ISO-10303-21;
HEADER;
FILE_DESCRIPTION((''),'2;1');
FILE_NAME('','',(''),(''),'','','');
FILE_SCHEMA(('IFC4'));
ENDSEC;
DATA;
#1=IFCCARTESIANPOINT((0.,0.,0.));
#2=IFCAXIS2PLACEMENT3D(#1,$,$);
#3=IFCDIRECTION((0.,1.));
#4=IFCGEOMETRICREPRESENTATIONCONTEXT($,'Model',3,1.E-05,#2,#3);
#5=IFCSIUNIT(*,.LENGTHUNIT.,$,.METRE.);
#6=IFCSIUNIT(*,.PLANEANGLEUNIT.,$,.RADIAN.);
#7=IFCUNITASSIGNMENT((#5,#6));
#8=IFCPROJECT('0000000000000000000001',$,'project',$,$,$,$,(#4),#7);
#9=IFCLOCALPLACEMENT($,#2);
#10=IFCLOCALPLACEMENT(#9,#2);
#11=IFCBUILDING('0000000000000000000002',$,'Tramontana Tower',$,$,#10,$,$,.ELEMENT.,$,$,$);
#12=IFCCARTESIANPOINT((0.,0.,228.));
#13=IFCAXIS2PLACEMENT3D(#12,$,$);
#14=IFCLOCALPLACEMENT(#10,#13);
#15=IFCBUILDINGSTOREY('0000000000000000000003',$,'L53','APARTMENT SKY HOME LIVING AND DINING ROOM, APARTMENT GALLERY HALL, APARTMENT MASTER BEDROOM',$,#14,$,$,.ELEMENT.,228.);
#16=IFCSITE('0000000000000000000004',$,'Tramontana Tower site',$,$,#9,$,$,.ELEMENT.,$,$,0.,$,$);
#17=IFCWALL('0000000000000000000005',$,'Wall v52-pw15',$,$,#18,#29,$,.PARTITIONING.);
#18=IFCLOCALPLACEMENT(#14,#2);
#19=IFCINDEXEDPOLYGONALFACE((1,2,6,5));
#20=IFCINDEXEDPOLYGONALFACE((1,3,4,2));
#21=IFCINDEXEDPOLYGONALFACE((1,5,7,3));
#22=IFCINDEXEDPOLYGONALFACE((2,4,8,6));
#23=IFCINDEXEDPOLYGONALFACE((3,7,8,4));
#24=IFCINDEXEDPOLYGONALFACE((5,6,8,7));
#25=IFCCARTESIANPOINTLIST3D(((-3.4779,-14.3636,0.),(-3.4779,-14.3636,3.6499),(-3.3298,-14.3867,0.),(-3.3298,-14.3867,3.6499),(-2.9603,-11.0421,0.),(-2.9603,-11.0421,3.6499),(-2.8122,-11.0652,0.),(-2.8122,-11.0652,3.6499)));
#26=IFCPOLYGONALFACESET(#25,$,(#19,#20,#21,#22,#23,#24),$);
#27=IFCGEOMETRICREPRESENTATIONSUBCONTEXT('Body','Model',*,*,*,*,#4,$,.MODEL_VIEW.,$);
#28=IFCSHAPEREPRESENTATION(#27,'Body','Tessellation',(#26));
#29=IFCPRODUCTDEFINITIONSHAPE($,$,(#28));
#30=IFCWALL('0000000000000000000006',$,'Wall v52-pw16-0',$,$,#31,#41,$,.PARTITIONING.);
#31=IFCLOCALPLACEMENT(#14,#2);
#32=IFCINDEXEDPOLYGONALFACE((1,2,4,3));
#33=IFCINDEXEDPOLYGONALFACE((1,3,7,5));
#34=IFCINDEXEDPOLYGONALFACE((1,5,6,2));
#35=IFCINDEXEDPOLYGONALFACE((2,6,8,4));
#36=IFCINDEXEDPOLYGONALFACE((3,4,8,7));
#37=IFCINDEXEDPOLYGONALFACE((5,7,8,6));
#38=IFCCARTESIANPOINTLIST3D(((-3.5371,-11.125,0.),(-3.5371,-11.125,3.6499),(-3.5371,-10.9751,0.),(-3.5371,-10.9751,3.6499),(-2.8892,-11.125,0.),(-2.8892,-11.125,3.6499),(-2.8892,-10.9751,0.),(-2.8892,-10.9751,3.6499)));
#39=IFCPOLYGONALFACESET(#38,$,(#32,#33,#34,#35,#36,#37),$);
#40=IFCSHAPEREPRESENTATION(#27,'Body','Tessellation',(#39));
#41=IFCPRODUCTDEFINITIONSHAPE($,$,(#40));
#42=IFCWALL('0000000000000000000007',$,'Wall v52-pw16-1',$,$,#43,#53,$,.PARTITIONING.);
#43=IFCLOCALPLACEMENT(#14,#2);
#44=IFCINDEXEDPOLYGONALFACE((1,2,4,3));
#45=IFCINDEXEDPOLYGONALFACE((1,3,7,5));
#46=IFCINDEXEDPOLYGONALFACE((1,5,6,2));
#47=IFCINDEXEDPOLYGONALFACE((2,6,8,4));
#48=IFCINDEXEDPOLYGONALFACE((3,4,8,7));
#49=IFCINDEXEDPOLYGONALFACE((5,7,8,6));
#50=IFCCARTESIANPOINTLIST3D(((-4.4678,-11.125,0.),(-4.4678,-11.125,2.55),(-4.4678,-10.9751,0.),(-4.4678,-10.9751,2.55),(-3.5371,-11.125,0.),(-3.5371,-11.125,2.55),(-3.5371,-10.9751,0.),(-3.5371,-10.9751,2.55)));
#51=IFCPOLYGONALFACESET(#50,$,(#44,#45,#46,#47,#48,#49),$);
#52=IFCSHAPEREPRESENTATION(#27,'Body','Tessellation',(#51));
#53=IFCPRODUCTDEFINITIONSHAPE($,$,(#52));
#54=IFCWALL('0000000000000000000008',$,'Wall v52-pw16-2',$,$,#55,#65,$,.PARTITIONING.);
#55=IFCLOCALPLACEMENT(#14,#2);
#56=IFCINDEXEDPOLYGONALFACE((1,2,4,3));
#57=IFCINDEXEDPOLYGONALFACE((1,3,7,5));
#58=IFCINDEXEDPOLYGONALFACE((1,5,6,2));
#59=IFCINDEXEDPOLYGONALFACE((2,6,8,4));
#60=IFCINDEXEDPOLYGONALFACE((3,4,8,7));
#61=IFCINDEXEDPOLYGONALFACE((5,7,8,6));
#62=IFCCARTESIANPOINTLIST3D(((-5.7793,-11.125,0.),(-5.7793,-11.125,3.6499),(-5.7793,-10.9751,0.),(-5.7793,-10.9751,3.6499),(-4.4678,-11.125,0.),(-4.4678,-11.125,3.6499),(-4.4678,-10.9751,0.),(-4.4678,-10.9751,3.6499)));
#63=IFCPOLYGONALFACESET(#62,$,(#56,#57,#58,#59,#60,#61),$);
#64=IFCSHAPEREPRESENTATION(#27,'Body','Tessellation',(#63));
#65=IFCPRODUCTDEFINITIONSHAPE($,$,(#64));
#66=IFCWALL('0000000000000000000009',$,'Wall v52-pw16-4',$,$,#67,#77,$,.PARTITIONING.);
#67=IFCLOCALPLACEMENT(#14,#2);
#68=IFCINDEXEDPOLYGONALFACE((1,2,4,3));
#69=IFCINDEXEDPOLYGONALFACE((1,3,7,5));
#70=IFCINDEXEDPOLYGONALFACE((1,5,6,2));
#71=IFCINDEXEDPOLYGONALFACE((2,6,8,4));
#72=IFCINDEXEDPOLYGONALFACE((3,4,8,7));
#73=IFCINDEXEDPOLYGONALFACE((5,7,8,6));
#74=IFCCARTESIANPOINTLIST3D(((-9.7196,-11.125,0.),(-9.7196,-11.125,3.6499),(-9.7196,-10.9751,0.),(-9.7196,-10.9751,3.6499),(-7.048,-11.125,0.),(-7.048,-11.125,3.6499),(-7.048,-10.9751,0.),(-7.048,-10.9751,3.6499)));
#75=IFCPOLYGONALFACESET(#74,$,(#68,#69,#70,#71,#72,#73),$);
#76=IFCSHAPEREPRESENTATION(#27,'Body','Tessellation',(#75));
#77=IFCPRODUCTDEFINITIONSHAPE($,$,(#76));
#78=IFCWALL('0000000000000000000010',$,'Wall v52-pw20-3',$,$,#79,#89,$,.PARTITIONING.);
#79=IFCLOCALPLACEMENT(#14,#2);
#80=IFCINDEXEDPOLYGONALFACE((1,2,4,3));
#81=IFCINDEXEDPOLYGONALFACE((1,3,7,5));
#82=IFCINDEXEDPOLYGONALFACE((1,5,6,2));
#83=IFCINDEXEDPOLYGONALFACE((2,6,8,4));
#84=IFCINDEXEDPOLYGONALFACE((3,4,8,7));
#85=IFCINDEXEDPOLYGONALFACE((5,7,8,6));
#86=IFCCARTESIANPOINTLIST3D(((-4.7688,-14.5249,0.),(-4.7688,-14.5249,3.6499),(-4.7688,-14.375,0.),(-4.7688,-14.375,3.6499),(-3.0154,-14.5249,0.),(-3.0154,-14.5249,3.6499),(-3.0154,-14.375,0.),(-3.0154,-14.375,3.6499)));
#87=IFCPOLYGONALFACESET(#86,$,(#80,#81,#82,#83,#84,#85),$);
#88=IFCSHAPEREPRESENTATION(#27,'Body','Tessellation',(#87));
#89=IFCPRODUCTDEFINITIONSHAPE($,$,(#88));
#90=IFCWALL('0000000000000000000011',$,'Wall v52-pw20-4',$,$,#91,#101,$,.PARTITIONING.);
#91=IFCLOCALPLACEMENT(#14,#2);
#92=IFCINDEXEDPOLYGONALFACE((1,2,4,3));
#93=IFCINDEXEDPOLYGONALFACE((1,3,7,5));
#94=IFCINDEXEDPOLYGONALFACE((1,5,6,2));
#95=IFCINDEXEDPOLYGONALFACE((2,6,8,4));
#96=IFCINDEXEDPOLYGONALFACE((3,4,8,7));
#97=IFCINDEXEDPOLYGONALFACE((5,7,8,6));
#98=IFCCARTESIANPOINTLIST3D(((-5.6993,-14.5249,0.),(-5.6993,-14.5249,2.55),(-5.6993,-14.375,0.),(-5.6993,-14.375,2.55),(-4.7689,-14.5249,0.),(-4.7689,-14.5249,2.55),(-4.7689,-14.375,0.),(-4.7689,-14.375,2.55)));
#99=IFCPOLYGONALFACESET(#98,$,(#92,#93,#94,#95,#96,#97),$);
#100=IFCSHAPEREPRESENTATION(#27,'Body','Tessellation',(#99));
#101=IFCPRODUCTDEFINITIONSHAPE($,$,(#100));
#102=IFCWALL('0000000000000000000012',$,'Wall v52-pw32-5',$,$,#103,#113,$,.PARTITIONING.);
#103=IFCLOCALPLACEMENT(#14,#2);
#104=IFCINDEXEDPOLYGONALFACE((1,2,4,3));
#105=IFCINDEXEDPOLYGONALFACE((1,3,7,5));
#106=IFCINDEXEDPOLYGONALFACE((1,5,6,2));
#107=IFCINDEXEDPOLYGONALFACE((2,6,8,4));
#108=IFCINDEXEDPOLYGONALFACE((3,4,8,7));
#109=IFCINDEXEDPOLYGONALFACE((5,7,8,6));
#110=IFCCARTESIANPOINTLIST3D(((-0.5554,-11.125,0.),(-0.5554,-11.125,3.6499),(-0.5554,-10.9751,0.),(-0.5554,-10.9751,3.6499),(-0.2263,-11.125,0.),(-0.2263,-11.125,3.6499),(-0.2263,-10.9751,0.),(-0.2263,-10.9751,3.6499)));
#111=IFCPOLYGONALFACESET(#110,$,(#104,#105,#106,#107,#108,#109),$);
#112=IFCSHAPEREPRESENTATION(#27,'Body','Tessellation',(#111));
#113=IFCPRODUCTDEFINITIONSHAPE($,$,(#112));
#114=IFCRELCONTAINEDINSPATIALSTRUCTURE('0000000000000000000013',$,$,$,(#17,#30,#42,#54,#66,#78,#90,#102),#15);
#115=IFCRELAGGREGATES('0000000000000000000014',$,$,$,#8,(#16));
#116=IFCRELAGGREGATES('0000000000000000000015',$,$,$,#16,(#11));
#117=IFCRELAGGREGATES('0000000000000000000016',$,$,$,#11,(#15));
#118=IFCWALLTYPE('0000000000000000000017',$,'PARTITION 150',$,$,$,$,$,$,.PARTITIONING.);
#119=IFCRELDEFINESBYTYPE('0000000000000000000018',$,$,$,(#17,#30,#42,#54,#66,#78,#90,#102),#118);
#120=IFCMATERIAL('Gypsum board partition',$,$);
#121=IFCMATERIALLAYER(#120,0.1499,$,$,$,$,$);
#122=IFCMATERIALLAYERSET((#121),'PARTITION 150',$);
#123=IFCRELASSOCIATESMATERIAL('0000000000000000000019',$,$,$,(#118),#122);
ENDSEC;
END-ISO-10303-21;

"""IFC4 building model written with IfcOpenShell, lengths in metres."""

from ifc_helpers import new_model, si_unit, direction, frame, frame_2d, origin, place, context, subcontext, project, spatial, rectangle, extrude, material, layer, layer_set, type_object, element, save


model = new_model("IFC4")

# Units and contexts
model_context = context("Model", 3, precision=1e-05, world=origin(), true_north=direction((0.0, 1.0)))
body_context = subcontext(model_context, "Body", "Model", "MODEL_VIEW")
ifc_project = project(units=[si_unit("LENGTHUNIT", "METRE"), si_unit("PLANEANGLEUNIT", "RADIAN")], contexts=[model_context])

# Site, building, storey
site_placement = place(None, origin())
site = spatial("IfcSite", under=ifc_project, at=site_placement, Name="Tramontana Tower site", CompositionType="ELEMENT", RefElevation=0.0)
building_placement = place(site_placement, origin())
building = spatial("IfcBuilding", under=site, at=building_placement, Name="Tramontana Tower", CompositionType="ELEMENT")
storey_placement = place(building_placement, frame((0.0, 0.0, 228.0)))
storey = spatial("IfcBuildingStorey", under=building, at=storey_placement, Name="L53", Description="APARTMENT SKY HOME LIVING AND DINING ROOM, APARTMENT GALLERY HALL, APARTMENT MASTER BEDROOM", CompositionType="ELEMENT", Elevation=228.0)

# Walls
ifc_material_1 = material(Name="Gypsum board partition")
ifc_layer_1 = layer(ifc_material_1, 0.1499)
ifc_layer_set_1 = layer_set([ifc_layer_1], Name="PARTITION 150")
wall_type_1 = type_object("IfcWallType", Name="PARTITION 150", PredefinedType="PARTITIONING", material=ifc_layer_set_1)
wall_1_placement = place(storey_placement, frame((-3.4038, -14.375, 0.0), z_axis=(0.0, 0.0, 1.0), x_axis=(0.153967, 0.988076, 0.0)))
element("IfcWall", 1, at=wall_1_placement, inside=storey, type_object=wall_type_1, Name="Wall v52-pw15", PredefinedType="PARTITIONING", context=body_context, shape_type="SweptSolid", body=[
    extrude(rectangle(XDim=3.3616, YDim=0.1499, at=frame_2d((1.6807, 0.0))), origin(), (0.0, 0.0, 1.0), 3.6499),
])
wall_2_placement = place(storey_placement, frame((-2.8892, -11.05, 0.0), z_axis=(0.0, 0.0, 1.0), x_axis=(-1.0, 0.0, 0.0)))
element("IfcWall", 2, at=wall_2_placement, inside=storey, type_object=wall_type_1, Name="Wall v52-pw16-0", PredefinedType="PARTITIONING", context=body_context, shape_type="SweptSolid", body=[
    extrude(rectangle(XDim=0.6479, YDim=0.1499, at=frame_2d((0.324, 0.0))), origin(), (0.0, 0.0, 1.0), 3.6499),
])
wall_3_placement = place(storey_placement, frame((-3.5371, -11.05, 0.0), z_axis=(0.0, 0.0, 1.0), x_axis=(-1.0, 0.0, 0.0)))
element("IfcWall", 3, at=wall_3_placement, inside=storey, type_object=wall_type_1, Name="Wall v52-pw16-1", PredefinedType="PARTITIONING", context=body_context, shape_type="SweptSolid", body=[
    extrude(rectangle(XDim=0.9307, YDim=0.1499, at=frame_2d((0.4653, 0.0))), origin(), (0.0, 0.0, 1.0), 2.55),
])
wall_4_placement = place(storey_placement, frame((-4.4678, -11.05, 0.0), z_axis=(0.0, 0.0, 1.0), x_axis=(-1.0, 0.0, 0.0)))
element("IfcWall", 4, at=wall_4_placement, inside=storey, type_object=wall_type_1, Name="Wall v52-pw16-2", PredefinedType="PARTITIONING", context=body_context, shape_type="SweptSolid", body=[
    extrude(rectangle(XDim=1.3115, YDim=0.1499, at=frame_2d((0.6558, 0.0))), origin(), (0.0, 0.0, 1.0), 3.6499),
])

# Wall
wall_5_placement = place(storey_placement, frame((-7.0479, -11.05, 0.0), z_axis=(0.0, 0.0, 1.0), x_axis=(-1.0, 0.0, 0.0)))
element("IfcWall", 5, at=wall_5_placement, inside=storey, type_object=wall_type_1, Name="Wall v52-pw16-4", PredefinedType="PARTITIONING", context=body_context, shape_type="SweptSolid", body=[
    extrude(rectangle(XDim=2.6716, YDim=0.1499, at=frame_2d((1.3359, 0.0))), origin(), (0.0, 0.0, 1.0), 3.6499),
])

# Walls
wall_6_placement = place(storey_placement, frame((-3.0154, -14.45, 0.0), z_axis=(0.0, 0.0, 1.0), x_axis=(-1.0, 0.0, 0.0)))
element("IfcWall", 6, at=wall_6_placement, inside=storey, type_object=wall_type_1, Name="Wall v52-pw20-3", PredefinedType="PARTITIONING", context=body_context, shape_type="SweptSolid", body=[
    extrude(rectangle(XDim=1.7534, YDim=0.1499, at=frame_2d((0.8767, 0.0))), origin(), (0.0, 0.0, 1.0), 3.6499),
])
wall_7_placement = place(storey_placement, frame((-4.7688, -14.45, 0.0), z_axis=(0.0, 0.0, 1.0), x_axis=(-1.0, 0.0, 0.0)))
element("IfcWall", 7, at=wall_7_placement, inside=storey, type_object=wall_type_1, Name="Wall v52-pw20-4", PredefinedType="PARTITIONING", context=body_context, shape_type="SweptSolid", body=[
    extrude(rectangle(XDim=0.9304, YDim=0.1499, at=frame_2d((0.4653, 0.0))), origin(), (0.0, 0.0, 1.0), 2.55),
])
wall_8_placement = place(storey_placement, frame((-0.2263, -11.05, 0.0), z_axis=(0.0, 0.0, 1.0), x_axis=(-1.0, 0.0, 0.0)))
element("IfcWall", 8, at=wall_8_placement, inside=storey, type_object=wall_type_1, Name="Wall v52-pw32-5", PredefinedType="PARTITIONING", context=body_context, shape_type="SweptSolid", body=[
    extrude(rectangle(XDim=0.3291, YDim=0.1499, at=frame_2d((0.1646, 0.0))), origin(), (0.0, 0.0, 1.0), 3.6499),
])

save(model, "model.ifc")
